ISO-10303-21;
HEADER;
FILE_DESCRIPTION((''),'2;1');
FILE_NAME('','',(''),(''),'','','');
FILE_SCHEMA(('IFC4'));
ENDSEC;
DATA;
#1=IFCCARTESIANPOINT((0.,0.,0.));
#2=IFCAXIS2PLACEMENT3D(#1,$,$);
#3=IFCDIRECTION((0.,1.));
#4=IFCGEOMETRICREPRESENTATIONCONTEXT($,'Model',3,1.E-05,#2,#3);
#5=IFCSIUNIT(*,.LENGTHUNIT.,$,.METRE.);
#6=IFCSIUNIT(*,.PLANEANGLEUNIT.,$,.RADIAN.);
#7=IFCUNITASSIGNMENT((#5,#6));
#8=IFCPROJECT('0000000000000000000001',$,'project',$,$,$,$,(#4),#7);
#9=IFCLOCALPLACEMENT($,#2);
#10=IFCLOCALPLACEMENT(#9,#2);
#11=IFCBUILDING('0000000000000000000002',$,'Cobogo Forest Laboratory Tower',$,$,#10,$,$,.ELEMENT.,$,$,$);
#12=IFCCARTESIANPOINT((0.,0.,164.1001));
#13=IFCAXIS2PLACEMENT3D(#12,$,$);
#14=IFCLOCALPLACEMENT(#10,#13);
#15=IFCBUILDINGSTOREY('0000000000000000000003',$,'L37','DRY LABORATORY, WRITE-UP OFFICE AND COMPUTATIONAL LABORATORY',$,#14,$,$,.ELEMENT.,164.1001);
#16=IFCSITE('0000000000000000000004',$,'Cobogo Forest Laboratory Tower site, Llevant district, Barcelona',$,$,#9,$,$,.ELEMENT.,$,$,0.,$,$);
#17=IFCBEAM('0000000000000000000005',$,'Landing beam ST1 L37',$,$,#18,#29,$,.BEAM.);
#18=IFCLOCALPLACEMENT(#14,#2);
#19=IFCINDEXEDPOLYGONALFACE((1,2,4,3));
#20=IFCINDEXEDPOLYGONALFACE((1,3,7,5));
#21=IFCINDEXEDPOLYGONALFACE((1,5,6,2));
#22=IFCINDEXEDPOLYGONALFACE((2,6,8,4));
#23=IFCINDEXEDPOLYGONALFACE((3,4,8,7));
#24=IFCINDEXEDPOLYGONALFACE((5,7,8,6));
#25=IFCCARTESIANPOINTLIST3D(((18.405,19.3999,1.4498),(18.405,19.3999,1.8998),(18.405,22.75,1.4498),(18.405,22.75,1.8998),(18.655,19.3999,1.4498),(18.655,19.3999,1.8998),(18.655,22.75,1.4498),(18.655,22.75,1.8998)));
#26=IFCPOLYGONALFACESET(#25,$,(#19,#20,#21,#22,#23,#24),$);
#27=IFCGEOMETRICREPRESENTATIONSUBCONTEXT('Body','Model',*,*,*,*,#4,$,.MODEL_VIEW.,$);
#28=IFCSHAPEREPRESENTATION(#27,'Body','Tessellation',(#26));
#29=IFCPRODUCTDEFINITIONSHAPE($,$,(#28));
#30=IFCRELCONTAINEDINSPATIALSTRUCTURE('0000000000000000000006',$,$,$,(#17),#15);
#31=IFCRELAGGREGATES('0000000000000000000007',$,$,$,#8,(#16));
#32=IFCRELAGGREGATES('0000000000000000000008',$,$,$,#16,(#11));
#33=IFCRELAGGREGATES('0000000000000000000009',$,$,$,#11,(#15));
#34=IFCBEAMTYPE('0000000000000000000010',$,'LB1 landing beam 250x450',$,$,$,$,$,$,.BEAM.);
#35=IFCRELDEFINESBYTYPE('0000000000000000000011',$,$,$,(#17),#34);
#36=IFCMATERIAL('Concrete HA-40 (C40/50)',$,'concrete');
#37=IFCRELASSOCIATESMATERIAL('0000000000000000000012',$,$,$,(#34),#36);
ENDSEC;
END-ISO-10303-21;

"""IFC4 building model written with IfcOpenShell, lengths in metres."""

from ifc_helpers import new_model, si_unit, direction, frame, origin, origin_2d, place, context, subcontext, project, spatial, rectangle, extrude, material, material_profile, profile_set, type_object, element, save


model = new_model("IFC4")

# Units and contexts
model_context = context("Model", 3, precision=1e-05, world=origin(), true_north=direction((0.0, 1.0)))
body_context = subcontext(model_context, "Body", "Model", "MODEL_VIEW")
ifc_project = project(units=[si_unit("LENGTHUNIT", "METRE"), si_unit("PLANEANGLEUNIT", "RADIAN")], contexts=[model_context])

# Site, building, storey
site_placement = place(None, origin())
site = spatial("IfcSite", under=ifc_project, at=site_placement, Name="Cobogo Forest Laboratory Tower site, Llevant district, Barcelona", CompositionType="ELEMENT", RefElevation=0.0)
building_placement = place(site_placement, origin())
building = spatial("IfcBuilding", under=site, at=building_placement, Name="Cobogo Forest Laboratory Tower", CompositionType="ELEMENT")
storey_placement = place(building_placement, frame((0.0, 0.0, 164.1001)))
storey = spatial("IfcBuildingStorey", under=building, at=storey_placement, Name="L37", Description="DRY LABORATORY, WRITE-UP OFFICE AND COMPUTATIONAL LABORATORY", CompositionType="ELEMENT", Elevation=164.1001)

# Beam
ifc_material_1 = material(Name="Concrete HA-40 (C40/50)", Category="concrete")
ifc_material_profile = material_profile(ifc_material_1, rectangle(XDim=0.25, YDim=0.45, at=origin_2d()), Name="RC 250x450")
ifc_profile_set = profile_set([ifc_material_profile], Name="Concrete HA-40 (C40/50)")
beam_type = type_object("IfcBeamType", Name="LB1 landing beam 250x450", PredefinedType="BEAM", material=ifc_profile_set)
beam_placement = place(storey_placement, frame((18.53, 19.3999, 1.6748), z_axis=(0.0, 1.0, 0.0), x_axis=(-1.0, 0.0, 0.0)))
element("IfcBeam", 1, at=beam_placement, inside=storey, type_object=beam_type, Name="Landing beam ST1 L37", PredefinedType="BEAM", context=body_context, shape_type="SweptSolid", body=[
    extrude(rectangle(XDim=0.25, YDim=0.45, at=origin_2d()), origin(), (0.0, 0.0, 1.0), 3.3501),
])

save(model, "model.ifc")
